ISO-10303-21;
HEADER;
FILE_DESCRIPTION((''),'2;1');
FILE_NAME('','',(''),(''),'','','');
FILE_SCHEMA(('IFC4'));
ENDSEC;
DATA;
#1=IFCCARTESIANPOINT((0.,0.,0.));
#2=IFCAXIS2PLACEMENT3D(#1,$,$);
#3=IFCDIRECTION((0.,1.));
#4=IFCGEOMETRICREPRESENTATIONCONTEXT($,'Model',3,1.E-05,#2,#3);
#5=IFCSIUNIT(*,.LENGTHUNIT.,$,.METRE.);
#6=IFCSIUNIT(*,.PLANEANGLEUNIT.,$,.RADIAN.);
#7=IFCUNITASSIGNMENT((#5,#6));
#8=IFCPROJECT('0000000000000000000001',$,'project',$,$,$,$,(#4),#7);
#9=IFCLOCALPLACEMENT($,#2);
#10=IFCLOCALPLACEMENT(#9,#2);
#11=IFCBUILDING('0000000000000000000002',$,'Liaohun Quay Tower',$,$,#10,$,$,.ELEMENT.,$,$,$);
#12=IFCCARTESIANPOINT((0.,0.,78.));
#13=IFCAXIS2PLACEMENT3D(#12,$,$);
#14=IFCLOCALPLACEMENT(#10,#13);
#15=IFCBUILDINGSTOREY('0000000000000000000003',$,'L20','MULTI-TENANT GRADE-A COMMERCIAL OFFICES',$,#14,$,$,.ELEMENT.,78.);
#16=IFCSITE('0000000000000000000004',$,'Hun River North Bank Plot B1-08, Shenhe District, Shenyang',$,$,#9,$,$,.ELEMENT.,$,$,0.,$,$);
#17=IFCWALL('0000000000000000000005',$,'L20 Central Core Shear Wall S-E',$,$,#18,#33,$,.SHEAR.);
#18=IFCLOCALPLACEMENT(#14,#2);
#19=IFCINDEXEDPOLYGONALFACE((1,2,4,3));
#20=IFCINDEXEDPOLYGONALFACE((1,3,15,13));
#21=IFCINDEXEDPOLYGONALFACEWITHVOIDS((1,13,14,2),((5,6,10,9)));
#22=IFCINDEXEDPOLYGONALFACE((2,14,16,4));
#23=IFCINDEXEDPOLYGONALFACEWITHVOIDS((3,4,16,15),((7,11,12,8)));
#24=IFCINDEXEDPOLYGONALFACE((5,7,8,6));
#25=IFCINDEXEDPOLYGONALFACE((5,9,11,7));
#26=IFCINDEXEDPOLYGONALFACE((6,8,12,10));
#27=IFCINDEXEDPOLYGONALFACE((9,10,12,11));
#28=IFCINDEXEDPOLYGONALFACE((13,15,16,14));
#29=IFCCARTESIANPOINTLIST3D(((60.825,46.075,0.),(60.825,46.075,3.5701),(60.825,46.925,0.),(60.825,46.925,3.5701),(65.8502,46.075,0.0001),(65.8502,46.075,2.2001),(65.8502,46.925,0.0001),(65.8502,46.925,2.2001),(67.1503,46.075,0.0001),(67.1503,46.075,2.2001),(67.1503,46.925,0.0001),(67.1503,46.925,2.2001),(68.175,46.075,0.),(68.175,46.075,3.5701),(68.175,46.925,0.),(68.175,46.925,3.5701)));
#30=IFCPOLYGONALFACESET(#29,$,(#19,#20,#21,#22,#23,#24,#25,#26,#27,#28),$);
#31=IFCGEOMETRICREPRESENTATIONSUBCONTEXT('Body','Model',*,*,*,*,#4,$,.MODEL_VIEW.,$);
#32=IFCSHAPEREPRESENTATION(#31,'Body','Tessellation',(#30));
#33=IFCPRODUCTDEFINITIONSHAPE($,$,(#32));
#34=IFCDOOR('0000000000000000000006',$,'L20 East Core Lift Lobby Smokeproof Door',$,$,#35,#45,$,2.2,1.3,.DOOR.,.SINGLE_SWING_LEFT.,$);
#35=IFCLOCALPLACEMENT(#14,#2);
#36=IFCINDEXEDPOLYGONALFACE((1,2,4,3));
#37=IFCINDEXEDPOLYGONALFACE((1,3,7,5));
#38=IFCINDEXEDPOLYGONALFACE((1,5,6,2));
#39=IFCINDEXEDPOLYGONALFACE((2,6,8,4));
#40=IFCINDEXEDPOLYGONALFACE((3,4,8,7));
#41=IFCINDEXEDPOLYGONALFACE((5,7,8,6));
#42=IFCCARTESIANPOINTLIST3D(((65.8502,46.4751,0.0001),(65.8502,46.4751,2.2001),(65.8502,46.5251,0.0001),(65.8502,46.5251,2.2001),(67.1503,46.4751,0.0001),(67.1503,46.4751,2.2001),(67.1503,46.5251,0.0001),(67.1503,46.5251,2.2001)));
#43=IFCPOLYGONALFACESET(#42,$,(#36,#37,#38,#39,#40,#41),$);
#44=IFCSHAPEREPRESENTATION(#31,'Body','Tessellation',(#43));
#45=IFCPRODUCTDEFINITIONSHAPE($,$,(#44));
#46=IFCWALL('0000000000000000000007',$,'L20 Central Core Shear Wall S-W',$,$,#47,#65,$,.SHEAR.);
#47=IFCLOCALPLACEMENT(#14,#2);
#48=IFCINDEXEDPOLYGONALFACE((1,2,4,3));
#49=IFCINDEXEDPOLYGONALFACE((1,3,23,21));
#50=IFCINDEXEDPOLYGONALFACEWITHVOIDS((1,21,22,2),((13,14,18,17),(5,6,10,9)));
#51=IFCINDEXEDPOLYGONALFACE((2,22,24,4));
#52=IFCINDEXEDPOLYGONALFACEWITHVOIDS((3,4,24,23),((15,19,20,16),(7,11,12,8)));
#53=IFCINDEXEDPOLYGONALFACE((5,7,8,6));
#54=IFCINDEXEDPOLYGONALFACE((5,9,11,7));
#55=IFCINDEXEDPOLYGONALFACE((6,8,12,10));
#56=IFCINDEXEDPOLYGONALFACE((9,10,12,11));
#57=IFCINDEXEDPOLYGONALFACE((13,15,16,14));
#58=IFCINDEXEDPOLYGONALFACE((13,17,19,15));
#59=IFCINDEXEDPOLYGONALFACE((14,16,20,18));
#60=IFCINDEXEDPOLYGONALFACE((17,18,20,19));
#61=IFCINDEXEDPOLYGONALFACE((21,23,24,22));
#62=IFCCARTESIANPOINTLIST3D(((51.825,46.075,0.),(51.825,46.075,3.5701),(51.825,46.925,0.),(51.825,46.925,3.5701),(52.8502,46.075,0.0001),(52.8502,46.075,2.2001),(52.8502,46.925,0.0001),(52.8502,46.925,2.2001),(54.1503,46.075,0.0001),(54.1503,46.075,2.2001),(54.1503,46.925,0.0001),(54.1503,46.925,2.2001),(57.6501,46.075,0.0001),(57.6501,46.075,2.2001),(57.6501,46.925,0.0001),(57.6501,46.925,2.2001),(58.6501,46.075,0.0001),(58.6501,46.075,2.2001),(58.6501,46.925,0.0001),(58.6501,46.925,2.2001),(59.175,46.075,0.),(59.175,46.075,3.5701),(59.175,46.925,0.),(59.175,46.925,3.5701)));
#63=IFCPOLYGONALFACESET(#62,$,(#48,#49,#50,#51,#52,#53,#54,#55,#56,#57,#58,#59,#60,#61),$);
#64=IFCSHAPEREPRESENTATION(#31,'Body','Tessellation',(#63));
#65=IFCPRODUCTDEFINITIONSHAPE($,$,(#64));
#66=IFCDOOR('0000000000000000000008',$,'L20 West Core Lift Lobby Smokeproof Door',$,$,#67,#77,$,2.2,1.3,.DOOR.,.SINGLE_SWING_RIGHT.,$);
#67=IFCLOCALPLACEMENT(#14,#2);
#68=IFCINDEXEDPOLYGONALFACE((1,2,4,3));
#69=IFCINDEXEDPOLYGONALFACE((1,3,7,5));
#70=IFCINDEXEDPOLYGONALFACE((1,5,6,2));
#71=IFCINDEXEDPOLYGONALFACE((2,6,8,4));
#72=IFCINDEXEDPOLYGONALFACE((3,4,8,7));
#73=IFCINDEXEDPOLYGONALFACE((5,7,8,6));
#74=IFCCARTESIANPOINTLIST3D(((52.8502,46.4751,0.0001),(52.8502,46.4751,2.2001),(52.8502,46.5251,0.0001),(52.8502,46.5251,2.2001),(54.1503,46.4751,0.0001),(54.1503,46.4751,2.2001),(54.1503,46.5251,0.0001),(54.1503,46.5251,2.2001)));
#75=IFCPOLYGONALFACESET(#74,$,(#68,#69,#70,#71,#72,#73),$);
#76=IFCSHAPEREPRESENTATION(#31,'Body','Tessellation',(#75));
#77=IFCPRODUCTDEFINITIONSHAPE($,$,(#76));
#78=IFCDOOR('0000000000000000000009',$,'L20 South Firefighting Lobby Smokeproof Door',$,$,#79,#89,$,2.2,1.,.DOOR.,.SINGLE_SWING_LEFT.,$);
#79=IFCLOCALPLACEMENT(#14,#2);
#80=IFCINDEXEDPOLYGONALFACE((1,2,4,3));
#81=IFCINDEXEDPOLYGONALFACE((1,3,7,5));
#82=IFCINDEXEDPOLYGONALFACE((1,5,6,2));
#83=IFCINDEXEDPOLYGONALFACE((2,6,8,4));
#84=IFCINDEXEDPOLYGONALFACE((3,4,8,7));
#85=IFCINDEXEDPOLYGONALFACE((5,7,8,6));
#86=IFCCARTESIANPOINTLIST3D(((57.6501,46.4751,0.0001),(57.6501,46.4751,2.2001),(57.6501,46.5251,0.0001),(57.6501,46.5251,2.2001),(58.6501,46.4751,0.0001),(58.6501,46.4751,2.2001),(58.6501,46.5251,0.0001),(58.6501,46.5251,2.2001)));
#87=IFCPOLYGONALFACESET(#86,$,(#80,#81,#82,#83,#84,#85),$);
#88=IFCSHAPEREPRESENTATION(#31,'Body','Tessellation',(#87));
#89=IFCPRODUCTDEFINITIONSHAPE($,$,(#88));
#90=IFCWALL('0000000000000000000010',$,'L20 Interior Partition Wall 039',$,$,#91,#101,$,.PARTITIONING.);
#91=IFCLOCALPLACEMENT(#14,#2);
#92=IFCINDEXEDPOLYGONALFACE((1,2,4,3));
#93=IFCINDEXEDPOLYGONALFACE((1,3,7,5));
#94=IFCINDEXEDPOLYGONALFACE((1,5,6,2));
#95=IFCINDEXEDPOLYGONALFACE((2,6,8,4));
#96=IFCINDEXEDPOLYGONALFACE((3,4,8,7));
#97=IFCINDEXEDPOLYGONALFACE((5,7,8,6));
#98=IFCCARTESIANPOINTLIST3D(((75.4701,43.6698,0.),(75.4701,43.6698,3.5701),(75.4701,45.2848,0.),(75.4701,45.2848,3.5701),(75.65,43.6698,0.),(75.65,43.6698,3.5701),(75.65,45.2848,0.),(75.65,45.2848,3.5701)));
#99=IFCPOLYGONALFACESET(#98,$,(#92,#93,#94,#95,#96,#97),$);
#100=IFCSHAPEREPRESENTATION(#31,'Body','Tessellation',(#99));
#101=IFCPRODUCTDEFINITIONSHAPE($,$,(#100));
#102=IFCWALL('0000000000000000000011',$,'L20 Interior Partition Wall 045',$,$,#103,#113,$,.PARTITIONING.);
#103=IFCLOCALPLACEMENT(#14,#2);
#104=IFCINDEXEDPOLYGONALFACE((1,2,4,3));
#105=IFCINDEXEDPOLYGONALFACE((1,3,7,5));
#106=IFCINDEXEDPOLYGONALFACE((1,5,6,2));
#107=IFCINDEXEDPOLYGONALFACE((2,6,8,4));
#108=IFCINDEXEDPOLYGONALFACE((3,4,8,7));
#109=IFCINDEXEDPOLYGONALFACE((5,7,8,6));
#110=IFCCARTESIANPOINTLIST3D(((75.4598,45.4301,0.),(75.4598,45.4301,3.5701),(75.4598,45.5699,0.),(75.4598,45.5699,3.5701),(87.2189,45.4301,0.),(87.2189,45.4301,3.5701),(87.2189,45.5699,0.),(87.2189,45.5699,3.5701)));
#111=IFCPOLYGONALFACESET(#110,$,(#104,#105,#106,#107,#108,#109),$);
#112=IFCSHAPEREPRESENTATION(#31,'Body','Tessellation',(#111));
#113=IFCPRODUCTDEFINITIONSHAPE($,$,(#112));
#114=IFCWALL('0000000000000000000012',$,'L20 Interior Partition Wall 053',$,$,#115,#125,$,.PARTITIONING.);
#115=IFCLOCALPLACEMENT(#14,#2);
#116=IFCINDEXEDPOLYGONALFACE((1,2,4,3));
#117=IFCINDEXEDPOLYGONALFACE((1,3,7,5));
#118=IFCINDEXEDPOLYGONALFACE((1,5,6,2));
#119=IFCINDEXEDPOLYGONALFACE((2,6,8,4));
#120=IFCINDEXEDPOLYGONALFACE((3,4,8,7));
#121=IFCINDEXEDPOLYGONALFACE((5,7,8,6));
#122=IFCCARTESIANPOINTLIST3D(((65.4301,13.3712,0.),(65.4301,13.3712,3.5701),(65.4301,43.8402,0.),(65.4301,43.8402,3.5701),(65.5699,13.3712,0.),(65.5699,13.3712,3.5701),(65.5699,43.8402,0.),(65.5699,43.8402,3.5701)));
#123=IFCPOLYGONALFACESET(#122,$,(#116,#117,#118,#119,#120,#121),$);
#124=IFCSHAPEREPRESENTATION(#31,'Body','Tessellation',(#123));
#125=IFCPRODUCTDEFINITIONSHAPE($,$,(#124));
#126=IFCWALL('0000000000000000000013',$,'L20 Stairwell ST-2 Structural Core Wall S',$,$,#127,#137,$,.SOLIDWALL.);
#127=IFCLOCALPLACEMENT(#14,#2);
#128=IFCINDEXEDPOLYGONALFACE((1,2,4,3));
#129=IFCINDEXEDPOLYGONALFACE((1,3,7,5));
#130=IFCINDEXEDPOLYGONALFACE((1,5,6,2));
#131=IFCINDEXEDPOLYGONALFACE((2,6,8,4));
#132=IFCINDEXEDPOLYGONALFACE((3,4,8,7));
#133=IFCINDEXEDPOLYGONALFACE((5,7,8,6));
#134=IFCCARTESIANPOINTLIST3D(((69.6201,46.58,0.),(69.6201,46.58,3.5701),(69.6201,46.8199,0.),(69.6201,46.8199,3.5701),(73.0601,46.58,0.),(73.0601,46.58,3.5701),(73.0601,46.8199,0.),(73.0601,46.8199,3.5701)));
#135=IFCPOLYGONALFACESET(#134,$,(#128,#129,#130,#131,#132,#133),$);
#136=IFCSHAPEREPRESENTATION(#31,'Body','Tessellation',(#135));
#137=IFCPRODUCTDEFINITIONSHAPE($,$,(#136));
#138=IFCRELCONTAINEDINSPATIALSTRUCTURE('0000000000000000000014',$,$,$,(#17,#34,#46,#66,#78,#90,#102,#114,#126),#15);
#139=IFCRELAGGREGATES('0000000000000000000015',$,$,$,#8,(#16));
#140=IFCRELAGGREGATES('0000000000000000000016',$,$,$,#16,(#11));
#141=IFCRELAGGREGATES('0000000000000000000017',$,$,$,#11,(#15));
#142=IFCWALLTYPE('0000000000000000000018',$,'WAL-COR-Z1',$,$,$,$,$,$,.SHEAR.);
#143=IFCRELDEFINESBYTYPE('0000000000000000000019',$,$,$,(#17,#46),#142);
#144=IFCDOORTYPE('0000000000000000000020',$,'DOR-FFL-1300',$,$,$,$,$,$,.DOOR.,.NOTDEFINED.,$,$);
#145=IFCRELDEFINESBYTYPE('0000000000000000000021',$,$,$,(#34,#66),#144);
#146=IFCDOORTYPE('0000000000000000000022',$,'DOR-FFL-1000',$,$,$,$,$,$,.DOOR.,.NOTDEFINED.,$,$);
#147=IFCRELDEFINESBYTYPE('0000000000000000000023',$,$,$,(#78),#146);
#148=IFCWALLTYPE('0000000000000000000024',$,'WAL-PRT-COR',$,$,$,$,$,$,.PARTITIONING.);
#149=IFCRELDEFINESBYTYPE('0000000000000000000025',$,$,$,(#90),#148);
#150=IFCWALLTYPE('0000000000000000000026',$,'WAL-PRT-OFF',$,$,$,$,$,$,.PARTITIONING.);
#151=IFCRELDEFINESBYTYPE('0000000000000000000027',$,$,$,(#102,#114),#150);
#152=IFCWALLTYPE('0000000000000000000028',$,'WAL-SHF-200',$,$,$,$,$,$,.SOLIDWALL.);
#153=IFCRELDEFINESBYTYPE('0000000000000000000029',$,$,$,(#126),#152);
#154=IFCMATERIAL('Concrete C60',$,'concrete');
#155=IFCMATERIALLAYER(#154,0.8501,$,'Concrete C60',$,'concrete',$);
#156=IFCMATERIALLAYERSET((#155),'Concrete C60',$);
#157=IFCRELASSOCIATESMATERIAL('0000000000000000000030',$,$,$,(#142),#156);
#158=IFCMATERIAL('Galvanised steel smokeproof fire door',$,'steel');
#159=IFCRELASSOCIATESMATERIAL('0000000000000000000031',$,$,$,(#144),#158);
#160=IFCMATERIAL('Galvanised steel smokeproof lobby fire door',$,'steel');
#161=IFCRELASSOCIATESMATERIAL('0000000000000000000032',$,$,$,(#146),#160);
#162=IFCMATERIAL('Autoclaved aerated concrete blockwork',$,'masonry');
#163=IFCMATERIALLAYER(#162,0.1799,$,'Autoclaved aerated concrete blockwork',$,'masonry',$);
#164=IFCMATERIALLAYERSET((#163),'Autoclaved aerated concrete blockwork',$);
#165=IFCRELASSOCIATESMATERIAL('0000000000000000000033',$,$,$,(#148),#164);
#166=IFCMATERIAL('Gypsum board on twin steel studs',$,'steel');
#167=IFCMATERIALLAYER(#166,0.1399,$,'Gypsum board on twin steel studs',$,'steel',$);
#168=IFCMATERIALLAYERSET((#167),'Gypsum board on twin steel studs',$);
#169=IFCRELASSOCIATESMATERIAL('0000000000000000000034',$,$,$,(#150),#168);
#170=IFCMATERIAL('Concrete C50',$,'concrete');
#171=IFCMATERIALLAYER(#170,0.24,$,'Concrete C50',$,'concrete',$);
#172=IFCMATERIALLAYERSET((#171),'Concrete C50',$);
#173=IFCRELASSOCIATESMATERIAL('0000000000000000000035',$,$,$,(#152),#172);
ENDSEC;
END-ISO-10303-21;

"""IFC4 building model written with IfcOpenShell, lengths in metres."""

from ifc_helpers import new_model, si_unit, direction, frame, frame_2d, origin, place, context, subcontext, project, spatial, rectangle, extrude, source, transform, mapped, material, layer, layer_set, type_object, element, fill, save


model = new_model("IFC4")

# Units and contexts
model_context = context("Model", 3, precision=1e-05, world=origin(), true_north=direction((0.0, 1.0)))
body_context = subcontext(model_context, "Body", "Model", "MODEL_VIEW")
ifc_project = project(units=[si_unit("LENGTHUNIT", "METRE"), si_unit("PLANEANGLEUNIT", "RADIAN")], contexts=[model_context])

# Site, building, storey
site_placement = place(None, origin())
site = spatial("IfcSite", under=ifc_project, at=site_placement, Name="Hun River North Bank Plot B1-08, Shenhe District, Shenyang", CompositionType="ELEMENT", RefElevation=0.0)
building_placement = place(site_placement, origin())
building = spatial("IfcBuilding", under=site, at=building_placement, Name="Liaohun Quay Tower", CompositionType="ELEMENT")
storey_placement = place(building_placement, frame((0.0, 0.0, 78.0)))
storey = spatial("IfcBuildingStorey", under=building, at=storey_placement, Name="L20", Description="MULTI-TENANT GRADE-A COMMERCIAL OFFICES", CompositionType="ELEMENT", Elevation=78.0)

# Shared definitions
ifc_material_1 = material(Name="Concrete C60", Category="concrete")

# Wall, opening, door
ifc_layer_1 = layer(ifc_material_1, 0.8501, Name="Concrete C60", Category="concrete")
ifc_layer_set_1 = layer_set([ifc_layer_1], Name="Concrete C60")
wall_type_1 = type_object("IfcWallType", Name="WAL-COR-Z1", PredefinedType="SHEAR", material=ifc_layer_set_1)
wall_1_placement = place(storey_placement, frame((68.175, 46.5, 0.0), z_axis=(0.0, 0.0, 1.0), x_axis=(-1.0, 0.0, 0.0)))
wall_1 = element("IfcWall", 1, at=wall_1_placement, inside=storey, type_object=wall_type_1, Name="L20 Central Core Shear Wall S-E", PredefinedType="SHEAR", context=body_context, shape_type="SweptSolid", body=[
    extrude(rectangle(XDim=7.3501, YDim=0.8501, at=frame_2d((3.675, 0.0))), origin(), (0.0, 0.0, 1.0), 3.5701),
])
shared_shape_1 = source(origin(), body_context, "Body", "SweptSolid", [
    extrude(rectangle(XDim=1.3, YDim=2.2, at=frame_2d((0.6499, 1.1001))), frame((0.0, 0.4351, 0.0), z_axis=(0.0, -1.0, 0.0), x_axis=(1.0, 0.0, 0.0)), (0.0, 0.0, 1.0), 0.8701),
])
opening_1_placement = place(wall_1_placement, frame((1.0249, 0.0, 0.0)))
opening_1 = element("IfcOpeningElement", 2, at=opening_1_placement, cuts=wall_1, PredefinedType="OPENING", context=body_context, shape_type="MappedRepresentation", body=[
    mapped(shared_shape_1, transform((0.0, 0.0, 0.0), x_axis=(1.0, 0.0, 0.0), y_axis=(0.0, 1.0, 0.0), z_axis=(0.0, 0.0, 1.0), scale=1.0)),
])
ifc_material_2 = material(Name="Galvanised steel smokeproof fire door", Category="steel")
door_type_1 = type_object("IfcDoorType", Name="DOR-FFL-1300", OperationType="NOTDEFINED", PredefinedType="DOOR", material=ifc_material_2)
shared_shape_2 = source(origin(), body_context, "Body", "SweptSolid", [
    extrude(rectangle(XDim=1.3, YDim=2.2, at=frame_2d((0.6499, 1.1001))), frame((0.0, 0.0249, 0.0), z_axis=(0.0, -1.0, 0.0), x_axis=(1.0, 0.0, 0.0)), (0.0, 0.0, 1.0), 0.05),
])
door_1_placement = place(opening_1_placement, origin())
door_1 = element("IfcDoor", 3, at=door_1_placement, inside=storey, type_object=door_type_1, Name="L20 East Core Lift Lobby Smokeproof Door", OperationType="SINGLE_SWING_LEFT", OverallHeight=2.2, OverallWidth=1.3, PredefinedType="DOOR", context=body_context, shape_type="MappedRepresentation", body=[
    mapped(shared_shape_2, transform((0.0, 0.0, 0.0), x_axis=(1.0, 0.0, 0.0), y_axis=(0.0, 1.0, 0.0), z_axis=(0.0, 0.0, 1.0), scale=1.0)),
])
fill(opening_1, door_1)

# Wall, openings, doors
wall_2_placement = place(storey_placement, frame((59.175, 46.5, 0.0), z_axis=(0.0, 0.0, 1.0), x_axis=(-1.0, 0.0, 0.0)))
wall_2 = element("IfcWall", 4, at=wall_2_placement, inside=storey, type_object=wall_type_1, Name="L20 Central Core Shear Wall S-W", PredefinedType="SHEAR", context=body_context, shape_type="SweptSolid", body=[
    extrude(rectangle(XDim=7.3501, YDim=0.8501, at=frame_2d((3.675, 0.0))), origin(), (0.0, 0.0, 1.0), 3.5701),
])
opening_2_placement = place(wall_2_placement, frame((5.0249, 0.0, 0.0)))
opening_2 = element("IfcOpeningElement", 5, at=opening_2_placement, cuts=wall_2, PredefinedType="OPENING", context=body_context, shape_type="MappedRepresentation", body=[
    mapped(shared_shape_1, transform((0.0, 0.0, 0.0), x_axis=(1.0, 0.0, 0.0), y_axis=(0.0, 1.0, 0.0), z_axis=(0.0, 0.0, 1.0), scale=1.0)),
])
shared_shape_3 = source(origin(), body_context, "Body", "SweptSolid", [
    extrude(rectangle(XDim=1.0, YDim=2.2, at=frame_2d((0.5, 1.1001))), frame((0.0, 0.4351, 0.0), z_axis=(0.0, -1.0, 0.0), x_axis=(1.0, 0.0, 0.0)), (0.0, 0.0, 1.0), 0.8701),
])
opening_3_placement = place(wall_2_placement, frame((0.5249, 0.0, 0.0)))
opening_3 = element("IfcOpeningElement", 6, at=opening_3_placement, cuts=wall_2, PredefinedType="OPENING", context=body_context, shape_type="MappedRepresentation", body=[
    mapped(shared_shape_3, transform((0.0, 0.0, 0.0), x_axis=(1.0, 0.0, 0.0), y_axis=(0.0, 1.0, 0.0), z_axis=(0.0, 0.0, 1.0), scale=1.0)),
])
door_2_placement = place(opening_2_placement, origin())
door_2 = element("IfcDoor", 7, at=door_2_placement, inside=storey, type_object=door_type_1, Name="L20 West Core Lift Lobby Smokeproof Door", OperationType="SINGLE_SWING_RIGHT", OverallHeight=2.2, OverallWidth=1.3, PredefinedType="DOOR", context=body_context, shape_type="MappedRepresentation", body=[
    mapped(shared_shape_2, transform((0.0, 0.0, 0.0), x_axis=(1.0, 0.0, 0.0), y_axis=(0.0, 1.0, 0.0), z_axis=(0.0, 0.0, 1.0), scale=1.0)),
])
fill(opening_2, door_2)
ifc_material_3 = material(Name="Galvanised steel smokeproof lobby fire door", Category="steel")
door_type_2 = type_object("IfcDoorType", Name="DOR-FFL-1000", OperationType="NOTDEFINED", PredefinedType="DOOR", material=ifc_material_3)
shared_shape_4 = source(origin(), body_context, "Body", "SweptSolid", [
    extrude(rectangle(XDim=1.0, YDim=2.2, at=frame_2d((0.5, 1.1001))), frame((0.0, 0.0249, 0.0), z_axis=(0.0, -1.0, 0.0), x_axis=(1.0, 0.0, 0.0)), (0.0, 0.0, 1.0), 0.05),
])
door_3_placement = place(opening_3_placement, origin())
door_3 = element("IfcDoor", 8, at=door_3_placement, inside=storey, type_object=door_type_2, Name="L20 South Firefighting Lobby Smokeproof Door", OperationType="SINGLE_SWING_LEFT", OverallHeight=2.2, OverallWidth=1.0, PredefinedType="DOOR", context=body_context, shape_type="MappedRepresentation", body=[
    mapped(shared_shape_4, transform((0.0, 0.0, 0.0), x_axis=(1.0, 0.0, 0.0), y_axis=(0.0, 1.0, 0.0), z_axis=(0.0, 0.0, 1.0), scale=1.0)),
])
fill(opening_3, door_3)

# Walls
ifc_material_4 = material(Name="Autoclaved aerated concrete blockwork", Category="masonry")
ifc_layer_2 = layer(ifc_material_4, 0.1799, Name="Autoclaved aerated concrete blockwork", Category="masonry")
ifc_layer_set_2 = layer_set([ifc_layer_2], Name="Autoclaved aerated concrete blockwork")
wall_type_2 = type_object("IfcWallType", Name="WAL-PRT-COR", PredefinedType="PARTITIONING", material=ifc_layer_set_2)
wall_3_placement = place(storey_placement, frame((75.5601, 45.2849, 0.0), z_axis=(0.0, 0.0, 1.0), x_axis=(0.0, -1.0, 0.0)))
element("IfcWall", 9, at=wall_3_placement, inside=storey, type_object=wall_type_2, Name="L20 Interior Partition Wall 039", PredefinedType="PARTITIONING", context=body_context, shape_type="SweptSolid", body=[
    extrude(rectangle(XDim=1.615, YDim=0.1799, at=frame_2d((0.8076, 0.0))), origin(), (0.0, 0.0, 1.0), 3.5701),
])
ifc_material_5 = material(Name="Gypsum board on twin steel studs", Category="steel")
ifc_layer_3 = layer(ifc_material_5, 0.1399, Name="Gypsum board on twin steel studs", Category="steel")
ifc_layer_set_3 = layer_set([ifc_layer_3], Name="Gypsum board on twin steel studs")
wall_type_3 = type_object("IfcWallType", Name="WAL-PRT-OFF", PredefinedType="PARTITIONING", material=ifc_layer_set_3)
wall_4_placement = place(storey_placement, frame((75.46, 45.5, 0.0), z_axis=(0.0, 0.0, 1.0), x_axis=(1.0, 0.0, 0.0)))
element("IfcWall", 10, at=wall_4_placement, inside=storey, type_object=wall_type_3, Name="L20 Interior Partition Wall 045", PredefinedType="PARTITIONING", context=body_context, shape_type="SweptSolid", body=[
    extrude(rectangle(XDim=11.759, YDim=0.1399, at=frame_2d((5.8794, 0.0))), origin(), (0.0, 0.0, 1.0), 3.5701),
])
wall_5_placement = place(storey_placement, frame((65.5, 43.8401, 0.0), z_axis=(0.0, 0.0, 1.0), x_axis=(0.0, -1.0, 0.0)))
element("IfcWall", 11, at=wall_5_placement, inside=storey, type_object=wall_type_3, Name="L20 Interior Partition Wall 053", PredefinedType="PARTITIONING", context=body_context, shape_type="SweptSolid", body=[
    extrude(rectangle(XDim=30.469, YDim=0.1399, at=frame_2d((15.2344, 0.0))), origin(), (0.0, 0.0, 1.0), 3.5701),
])
ifc_material_6 = material(Name="Concrete C50", Category="concrete")
ifc_layer_4 = layer(ifc_material_6, 0.24, Name="Concrete C50", Category="concrete")
ifc_layer_set_4 = layer_set([ifc_layer_4], Name="Concrete C50")
wall_type_4 = type_object("IfcWallType", Name="WAL-SHF-200", PredefinedType="SOLIDWALL", material=ifc_layer_set_4)
wall_6_placement = place(storey_placement, frame((69.6201, 46.7, 0.0), z_axis=(0.0, 0.0, 1.0), x_axis=(1.0, 0.0, 0.0)))
element("IfcWall", 12, at=wall_6_placement, inside=storey, type_object=wall_type_4, Name="L20 Stairwell ST-2 Structural Core Wall S", PredefinedType="SOLIDWALL", context=body_context, shape_type="SweptSolid", body=[
    extrude(rectangle(XDim=3.4399, YDim=0.24, at=frame_2d((1.72, 0.0))), origin(), (0.0, 0.0, 1.0), 3.5701),
])

save(model, "model.ifc")
